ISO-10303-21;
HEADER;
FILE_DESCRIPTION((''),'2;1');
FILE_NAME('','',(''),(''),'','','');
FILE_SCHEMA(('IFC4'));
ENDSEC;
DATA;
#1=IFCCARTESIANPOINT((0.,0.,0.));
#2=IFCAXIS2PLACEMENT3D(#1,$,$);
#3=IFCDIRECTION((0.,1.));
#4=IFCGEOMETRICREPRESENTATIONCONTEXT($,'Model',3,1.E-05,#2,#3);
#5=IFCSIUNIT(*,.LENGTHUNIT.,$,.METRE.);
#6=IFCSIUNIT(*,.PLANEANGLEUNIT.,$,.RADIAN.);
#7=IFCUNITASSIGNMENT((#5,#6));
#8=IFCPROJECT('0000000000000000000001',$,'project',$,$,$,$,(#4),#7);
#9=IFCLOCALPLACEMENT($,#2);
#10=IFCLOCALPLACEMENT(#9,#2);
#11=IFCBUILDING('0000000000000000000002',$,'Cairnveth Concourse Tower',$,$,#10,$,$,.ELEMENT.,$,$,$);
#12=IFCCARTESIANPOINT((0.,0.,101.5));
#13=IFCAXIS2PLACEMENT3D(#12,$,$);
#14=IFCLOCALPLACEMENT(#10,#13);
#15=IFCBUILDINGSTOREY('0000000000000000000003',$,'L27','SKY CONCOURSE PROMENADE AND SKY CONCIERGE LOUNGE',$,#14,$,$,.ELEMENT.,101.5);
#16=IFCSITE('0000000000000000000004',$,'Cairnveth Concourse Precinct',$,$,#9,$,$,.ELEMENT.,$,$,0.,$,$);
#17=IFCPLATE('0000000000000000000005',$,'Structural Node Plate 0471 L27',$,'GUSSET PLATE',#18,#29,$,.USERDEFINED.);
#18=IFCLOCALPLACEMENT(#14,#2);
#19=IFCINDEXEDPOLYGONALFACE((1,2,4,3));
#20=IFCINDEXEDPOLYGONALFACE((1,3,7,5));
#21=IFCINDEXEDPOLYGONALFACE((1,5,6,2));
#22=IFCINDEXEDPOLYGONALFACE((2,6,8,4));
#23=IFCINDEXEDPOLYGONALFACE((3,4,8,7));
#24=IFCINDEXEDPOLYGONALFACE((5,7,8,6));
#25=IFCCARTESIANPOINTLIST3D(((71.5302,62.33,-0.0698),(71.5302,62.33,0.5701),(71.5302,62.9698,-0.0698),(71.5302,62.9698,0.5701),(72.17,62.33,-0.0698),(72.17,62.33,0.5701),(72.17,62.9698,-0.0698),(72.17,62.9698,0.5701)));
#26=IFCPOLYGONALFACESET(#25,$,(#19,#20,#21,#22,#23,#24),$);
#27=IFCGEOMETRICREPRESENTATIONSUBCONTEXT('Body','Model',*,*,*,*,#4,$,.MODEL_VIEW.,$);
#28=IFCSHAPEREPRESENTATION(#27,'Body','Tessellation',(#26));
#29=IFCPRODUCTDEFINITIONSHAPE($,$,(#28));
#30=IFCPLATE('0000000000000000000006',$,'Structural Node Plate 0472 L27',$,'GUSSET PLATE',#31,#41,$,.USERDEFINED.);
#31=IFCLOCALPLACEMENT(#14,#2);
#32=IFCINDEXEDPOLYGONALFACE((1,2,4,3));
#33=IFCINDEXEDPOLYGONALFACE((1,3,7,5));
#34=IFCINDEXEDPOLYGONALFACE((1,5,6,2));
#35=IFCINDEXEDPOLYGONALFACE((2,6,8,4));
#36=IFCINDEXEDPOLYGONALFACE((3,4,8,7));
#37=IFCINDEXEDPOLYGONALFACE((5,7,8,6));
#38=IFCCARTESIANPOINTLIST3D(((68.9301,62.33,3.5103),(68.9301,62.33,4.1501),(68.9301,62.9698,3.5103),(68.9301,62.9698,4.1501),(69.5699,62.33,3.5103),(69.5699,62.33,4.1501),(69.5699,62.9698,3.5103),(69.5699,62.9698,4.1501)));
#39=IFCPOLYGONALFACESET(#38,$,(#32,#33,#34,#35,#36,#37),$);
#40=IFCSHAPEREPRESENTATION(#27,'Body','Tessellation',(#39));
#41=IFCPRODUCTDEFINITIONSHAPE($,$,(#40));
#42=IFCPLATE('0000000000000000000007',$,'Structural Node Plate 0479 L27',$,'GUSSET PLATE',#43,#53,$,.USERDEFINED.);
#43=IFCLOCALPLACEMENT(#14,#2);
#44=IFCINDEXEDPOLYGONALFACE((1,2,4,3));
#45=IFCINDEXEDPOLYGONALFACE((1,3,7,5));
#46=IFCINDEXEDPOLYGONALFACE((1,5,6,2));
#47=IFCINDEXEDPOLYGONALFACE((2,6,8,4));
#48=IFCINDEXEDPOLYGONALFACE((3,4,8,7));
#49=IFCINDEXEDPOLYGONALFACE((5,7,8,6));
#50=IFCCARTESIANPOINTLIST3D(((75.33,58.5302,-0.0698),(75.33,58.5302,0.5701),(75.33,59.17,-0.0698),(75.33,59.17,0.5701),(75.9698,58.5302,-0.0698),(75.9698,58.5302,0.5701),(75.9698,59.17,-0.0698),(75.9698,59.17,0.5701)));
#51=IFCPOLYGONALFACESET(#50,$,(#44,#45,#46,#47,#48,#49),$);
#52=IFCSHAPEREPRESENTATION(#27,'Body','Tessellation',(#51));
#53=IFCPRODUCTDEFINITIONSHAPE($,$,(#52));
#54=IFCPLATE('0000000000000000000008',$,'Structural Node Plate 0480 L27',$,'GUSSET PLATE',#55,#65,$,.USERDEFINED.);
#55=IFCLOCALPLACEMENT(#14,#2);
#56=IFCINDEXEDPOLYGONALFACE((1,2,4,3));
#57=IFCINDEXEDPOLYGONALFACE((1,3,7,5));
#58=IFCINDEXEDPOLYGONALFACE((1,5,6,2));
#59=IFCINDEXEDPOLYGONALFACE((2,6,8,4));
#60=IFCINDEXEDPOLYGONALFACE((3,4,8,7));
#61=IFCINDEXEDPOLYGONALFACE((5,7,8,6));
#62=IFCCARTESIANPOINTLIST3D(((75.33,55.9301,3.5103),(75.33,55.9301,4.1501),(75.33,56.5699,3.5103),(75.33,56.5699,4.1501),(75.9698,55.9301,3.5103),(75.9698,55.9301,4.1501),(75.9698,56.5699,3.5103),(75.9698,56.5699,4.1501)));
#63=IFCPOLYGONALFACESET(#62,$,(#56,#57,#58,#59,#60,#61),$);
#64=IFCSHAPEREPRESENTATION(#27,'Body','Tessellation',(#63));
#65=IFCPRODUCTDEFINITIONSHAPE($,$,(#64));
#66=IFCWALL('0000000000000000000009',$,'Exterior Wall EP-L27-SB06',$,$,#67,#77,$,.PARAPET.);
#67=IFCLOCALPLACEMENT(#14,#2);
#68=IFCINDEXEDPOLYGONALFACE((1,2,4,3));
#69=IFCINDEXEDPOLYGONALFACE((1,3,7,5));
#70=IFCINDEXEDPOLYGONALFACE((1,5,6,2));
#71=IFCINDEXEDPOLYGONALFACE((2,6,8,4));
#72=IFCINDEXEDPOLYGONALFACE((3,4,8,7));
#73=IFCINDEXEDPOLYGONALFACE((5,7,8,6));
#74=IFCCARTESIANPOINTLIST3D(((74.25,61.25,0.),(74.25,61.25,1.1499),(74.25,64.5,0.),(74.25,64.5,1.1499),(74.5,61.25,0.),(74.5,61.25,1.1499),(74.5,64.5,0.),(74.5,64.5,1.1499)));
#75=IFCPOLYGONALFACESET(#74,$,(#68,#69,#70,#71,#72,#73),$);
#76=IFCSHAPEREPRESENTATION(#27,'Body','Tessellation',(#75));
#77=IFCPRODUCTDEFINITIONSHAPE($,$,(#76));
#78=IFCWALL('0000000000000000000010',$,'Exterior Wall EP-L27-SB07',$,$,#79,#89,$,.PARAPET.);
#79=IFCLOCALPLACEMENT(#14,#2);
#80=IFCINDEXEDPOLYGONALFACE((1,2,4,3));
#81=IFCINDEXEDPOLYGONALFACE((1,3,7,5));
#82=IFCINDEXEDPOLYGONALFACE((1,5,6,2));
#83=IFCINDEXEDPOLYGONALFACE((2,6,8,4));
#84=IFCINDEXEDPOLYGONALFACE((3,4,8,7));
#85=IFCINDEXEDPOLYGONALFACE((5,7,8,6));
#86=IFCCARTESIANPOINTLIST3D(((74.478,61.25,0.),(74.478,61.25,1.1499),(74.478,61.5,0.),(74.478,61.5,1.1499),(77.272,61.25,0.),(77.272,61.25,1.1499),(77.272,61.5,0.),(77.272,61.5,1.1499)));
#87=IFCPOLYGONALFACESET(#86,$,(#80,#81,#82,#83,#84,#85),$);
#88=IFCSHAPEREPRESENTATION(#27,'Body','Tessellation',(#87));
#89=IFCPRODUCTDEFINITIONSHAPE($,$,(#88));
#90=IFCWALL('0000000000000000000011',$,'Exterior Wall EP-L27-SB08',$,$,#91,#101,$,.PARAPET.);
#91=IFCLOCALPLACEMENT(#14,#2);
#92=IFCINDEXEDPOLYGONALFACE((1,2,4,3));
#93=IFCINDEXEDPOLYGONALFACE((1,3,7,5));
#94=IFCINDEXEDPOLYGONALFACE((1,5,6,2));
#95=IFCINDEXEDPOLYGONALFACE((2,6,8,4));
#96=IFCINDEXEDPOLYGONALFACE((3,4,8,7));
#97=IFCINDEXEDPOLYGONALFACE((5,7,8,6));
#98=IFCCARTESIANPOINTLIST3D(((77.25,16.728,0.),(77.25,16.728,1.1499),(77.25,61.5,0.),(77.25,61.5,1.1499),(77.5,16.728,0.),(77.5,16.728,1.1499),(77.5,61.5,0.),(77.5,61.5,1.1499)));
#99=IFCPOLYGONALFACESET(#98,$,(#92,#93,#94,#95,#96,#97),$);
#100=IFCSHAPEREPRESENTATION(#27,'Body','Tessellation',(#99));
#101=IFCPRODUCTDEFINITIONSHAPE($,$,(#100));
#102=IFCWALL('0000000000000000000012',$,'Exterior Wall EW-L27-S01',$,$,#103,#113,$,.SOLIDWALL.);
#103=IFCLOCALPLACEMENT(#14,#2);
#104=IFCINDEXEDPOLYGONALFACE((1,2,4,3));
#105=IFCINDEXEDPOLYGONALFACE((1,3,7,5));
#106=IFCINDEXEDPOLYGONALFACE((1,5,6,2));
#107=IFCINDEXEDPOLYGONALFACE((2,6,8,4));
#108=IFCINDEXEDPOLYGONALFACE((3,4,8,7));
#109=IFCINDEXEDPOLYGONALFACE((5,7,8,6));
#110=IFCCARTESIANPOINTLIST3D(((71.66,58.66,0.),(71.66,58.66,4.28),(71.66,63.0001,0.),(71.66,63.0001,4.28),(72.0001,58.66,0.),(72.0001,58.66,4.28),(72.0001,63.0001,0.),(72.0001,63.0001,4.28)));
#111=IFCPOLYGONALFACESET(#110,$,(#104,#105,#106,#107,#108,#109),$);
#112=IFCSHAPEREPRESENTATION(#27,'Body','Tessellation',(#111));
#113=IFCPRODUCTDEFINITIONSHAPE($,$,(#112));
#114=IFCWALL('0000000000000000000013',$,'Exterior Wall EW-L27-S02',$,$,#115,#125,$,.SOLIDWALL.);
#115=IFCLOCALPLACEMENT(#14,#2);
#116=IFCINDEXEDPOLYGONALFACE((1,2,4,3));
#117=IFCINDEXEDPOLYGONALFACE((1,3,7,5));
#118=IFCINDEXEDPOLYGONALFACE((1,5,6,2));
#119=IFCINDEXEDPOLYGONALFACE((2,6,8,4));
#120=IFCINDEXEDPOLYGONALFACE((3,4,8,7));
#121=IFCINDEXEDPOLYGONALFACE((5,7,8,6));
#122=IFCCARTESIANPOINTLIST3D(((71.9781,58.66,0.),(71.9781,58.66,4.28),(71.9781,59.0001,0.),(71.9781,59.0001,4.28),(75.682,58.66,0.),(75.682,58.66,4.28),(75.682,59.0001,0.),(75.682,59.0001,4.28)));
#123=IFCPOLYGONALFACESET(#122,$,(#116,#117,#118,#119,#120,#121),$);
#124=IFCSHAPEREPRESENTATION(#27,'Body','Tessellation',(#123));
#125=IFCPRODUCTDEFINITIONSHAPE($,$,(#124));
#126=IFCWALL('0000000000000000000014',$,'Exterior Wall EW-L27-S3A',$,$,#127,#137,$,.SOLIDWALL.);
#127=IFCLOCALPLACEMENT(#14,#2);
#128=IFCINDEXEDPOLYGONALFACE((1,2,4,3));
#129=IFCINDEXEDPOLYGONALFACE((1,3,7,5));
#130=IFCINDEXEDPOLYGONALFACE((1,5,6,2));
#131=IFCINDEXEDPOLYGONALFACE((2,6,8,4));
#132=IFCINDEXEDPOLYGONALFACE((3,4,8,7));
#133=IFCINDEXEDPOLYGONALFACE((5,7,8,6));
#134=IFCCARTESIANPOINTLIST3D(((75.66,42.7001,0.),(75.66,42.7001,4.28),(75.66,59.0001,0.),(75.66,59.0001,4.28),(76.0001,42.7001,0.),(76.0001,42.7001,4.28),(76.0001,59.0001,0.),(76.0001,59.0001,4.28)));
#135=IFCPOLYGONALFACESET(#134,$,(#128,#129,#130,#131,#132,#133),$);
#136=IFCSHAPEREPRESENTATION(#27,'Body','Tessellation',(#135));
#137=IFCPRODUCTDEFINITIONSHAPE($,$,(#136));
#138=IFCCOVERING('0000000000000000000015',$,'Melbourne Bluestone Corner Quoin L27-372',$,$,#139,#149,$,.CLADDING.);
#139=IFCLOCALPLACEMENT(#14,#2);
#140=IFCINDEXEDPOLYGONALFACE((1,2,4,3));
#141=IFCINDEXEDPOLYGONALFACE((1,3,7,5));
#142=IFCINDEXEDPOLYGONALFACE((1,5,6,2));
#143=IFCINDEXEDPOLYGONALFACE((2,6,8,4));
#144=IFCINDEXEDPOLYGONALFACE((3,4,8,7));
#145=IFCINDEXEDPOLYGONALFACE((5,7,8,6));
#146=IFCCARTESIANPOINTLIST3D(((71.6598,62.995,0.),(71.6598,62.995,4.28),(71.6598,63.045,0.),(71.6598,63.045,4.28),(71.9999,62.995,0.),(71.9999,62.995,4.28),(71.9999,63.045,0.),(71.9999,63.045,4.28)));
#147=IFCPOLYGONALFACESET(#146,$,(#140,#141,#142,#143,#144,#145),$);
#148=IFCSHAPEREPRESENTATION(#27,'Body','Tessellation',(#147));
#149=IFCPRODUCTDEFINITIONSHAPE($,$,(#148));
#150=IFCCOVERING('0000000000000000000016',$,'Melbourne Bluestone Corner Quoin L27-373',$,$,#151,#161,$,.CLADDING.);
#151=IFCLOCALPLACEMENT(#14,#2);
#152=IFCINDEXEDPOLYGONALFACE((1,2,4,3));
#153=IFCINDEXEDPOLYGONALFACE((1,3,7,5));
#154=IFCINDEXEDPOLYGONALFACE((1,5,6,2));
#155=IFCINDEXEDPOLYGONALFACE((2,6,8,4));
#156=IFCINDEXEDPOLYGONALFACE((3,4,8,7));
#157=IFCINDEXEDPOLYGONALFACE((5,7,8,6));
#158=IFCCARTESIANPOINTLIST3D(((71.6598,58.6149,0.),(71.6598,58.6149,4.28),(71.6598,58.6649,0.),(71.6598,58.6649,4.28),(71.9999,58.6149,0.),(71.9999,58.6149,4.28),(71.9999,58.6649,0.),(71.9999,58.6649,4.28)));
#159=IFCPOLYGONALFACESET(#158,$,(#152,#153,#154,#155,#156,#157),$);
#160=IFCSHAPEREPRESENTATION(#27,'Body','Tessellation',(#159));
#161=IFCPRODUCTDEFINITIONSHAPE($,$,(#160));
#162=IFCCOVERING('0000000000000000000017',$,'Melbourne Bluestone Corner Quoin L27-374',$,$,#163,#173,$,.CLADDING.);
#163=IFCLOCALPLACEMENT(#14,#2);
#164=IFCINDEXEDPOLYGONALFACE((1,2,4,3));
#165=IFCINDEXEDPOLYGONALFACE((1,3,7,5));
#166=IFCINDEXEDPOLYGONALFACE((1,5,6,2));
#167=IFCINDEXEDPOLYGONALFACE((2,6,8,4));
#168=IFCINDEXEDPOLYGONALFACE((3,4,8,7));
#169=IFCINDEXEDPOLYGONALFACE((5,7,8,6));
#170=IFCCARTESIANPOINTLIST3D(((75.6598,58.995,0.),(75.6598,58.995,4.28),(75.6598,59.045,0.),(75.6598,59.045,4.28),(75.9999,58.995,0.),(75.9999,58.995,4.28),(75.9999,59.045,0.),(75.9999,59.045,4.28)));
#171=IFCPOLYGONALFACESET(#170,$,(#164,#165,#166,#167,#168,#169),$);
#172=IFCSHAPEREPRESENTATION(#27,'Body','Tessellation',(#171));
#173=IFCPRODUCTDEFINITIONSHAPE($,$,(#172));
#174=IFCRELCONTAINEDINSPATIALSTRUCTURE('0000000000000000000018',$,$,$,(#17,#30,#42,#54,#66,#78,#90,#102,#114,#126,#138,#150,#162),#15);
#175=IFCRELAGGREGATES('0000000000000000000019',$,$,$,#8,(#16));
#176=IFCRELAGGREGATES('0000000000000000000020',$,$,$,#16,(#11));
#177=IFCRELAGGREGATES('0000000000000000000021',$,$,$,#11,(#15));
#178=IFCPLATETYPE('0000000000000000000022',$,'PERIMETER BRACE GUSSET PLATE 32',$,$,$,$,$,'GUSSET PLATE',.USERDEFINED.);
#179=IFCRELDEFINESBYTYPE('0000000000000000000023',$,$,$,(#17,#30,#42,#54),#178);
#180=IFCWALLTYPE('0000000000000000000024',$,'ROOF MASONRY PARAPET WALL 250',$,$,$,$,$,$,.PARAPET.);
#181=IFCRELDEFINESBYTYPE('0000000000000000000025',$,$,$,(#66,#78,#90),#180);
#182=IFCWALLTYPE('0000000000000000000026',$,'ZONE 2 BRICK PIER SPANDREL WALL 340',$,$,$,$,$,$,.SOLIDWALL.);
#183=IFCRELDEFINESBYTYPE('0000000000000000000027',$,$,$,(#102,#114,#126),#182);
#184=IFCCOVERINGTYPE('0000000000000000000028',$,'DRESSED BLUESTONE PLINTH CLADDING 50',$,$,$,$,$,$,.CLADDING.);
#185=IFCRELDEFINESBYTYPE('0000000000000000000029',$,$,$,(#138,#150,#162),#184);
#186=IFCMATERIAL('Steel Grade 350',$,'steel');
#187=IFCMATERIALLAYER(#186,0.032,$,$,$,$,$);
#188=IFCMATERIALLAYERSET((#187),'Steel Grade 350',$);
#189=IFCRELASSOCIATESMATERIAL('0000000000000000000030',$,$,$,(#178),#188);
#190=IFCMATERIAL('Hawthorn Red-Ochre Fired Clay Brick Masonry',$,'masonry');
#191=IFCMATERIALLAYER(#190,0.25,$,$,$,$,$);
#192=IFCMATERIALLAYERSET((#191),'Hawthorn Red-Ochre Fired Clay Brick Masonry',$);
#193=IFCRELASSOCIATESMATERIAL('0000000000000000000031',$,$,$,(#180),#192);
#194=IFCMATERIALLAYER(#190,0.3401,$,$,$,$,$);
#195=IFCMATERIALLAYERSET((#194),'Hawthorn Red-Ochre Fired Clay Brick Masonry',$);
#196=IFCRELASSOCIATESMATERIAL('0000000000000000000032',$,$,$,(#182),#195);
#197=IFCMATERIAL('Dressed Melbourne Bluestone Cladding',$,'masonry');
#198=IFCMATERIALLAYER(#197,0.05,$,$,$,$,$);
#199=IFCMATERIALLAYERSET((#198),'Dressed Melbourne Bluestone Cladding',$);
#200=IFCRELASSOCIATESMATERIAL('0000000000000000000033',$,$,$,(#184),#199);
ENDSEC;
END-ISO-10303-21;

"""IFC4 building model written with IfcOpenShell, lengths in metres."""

from ifc_helpers import new_model, si_unit, direction, frame, frame_2d, origin, origin_2d, place, context, subcontext, project, spatial, rectangle, extrude, material, layer, layer_set, type_object, element, save


model = new_model("IFC4")

# Units and contexts
model_context = context("Model", 3, precision=1e-05, world=origin(), true_north=direction((0.0, 1.0)))
body_context = subcontext(model_context, "Body", "Model", "MODEL_VIEW")
ifc_project = project(units=[si_unit("LENGTHUNIT", "METRE"), si_unit("PLANEANGLEUNIT", "RADIAN")], contexts=[model_context])

# Site, building, storey
site_placement = place(None, origin())
site = spatial("IfcSite", under=ifc_project, at=site_placement, Name="Cairnveth Concourse Precinct", CompositionType="ELEMENT", RefElevation=0.0)
building_placement = place(site_placement, origin())
building = spatial("IfcBuilding", under=site, at=building_placement, Name="Cairnveth Concourse Tower", CompositionType="ELEMENT")
storey_placement = place(building_placement, frame((0.0, 0.0, 101.5)))
storey = spatial("IfcBuildingStorey", under=building, at=storey_placement, Name="L27", Description="SKY CONCOURSE PROMENADE AND SKY CONCIERGE LOUNGE", CompositionType="ELEMENT", Elevation=101.5)

# Shared definitions
ifc_material_1 = material(Name="Steel Grade 350", Category="steel")

# Plates
ifc_layer_1 = layer(ifc_material_1, 0.032)
ifc_layer_set_1 = layer_set([ifc_layer_1], Name="Steel Grade 350")
plate_type = type_object("IfcPlateType", Name="PERIMETER BRACE GUSSET PLATE 32", ElementType="GUSSET PLATE", PredefinedType="USERDEFINED", material=ifc_layer_set_1)
for number, where, z_axis, x_axis, name in (
    (1, (71.8501, 62.6499, -0.0698), (0.0, 0.0, 1.0), (1.0, 0.0, 0.0), "Structural Node Plate 0471 L27"),
    (2, (69.25, 62.6499, 3.5103), (0.0, 0.0, 1.0), (1.0, 0.0, 0.0), "Structural Node Plate 0472 L27"),
    (3, (75.6499, 58.8501, -0.0698), (0.0, 0.0, 1.0), (1.0, 0.0, 0.0), "Structural Node Plate 0479 L27"),
    (4, (75.6499, 56.25, 3.5103), (0.0, 0.0, 1.0), (1.0, 0.0, 0.0), "Structural Node Plate 0480 L27"),
):
    element("IfcPlate", number, at=place(storey_placement, frame(where, z_axis=z_axis, x_axis=x_axis)), inside=storey, type_object=plate_type, Name=name, ObjectType="GUSSET PLATE", PredefinedType="USERDEFINED", context=body_context, shape_type="SweptSolid", body=[
        extrude(rectangle(XDim=0.6399, YDim=0.6399, at=origin_2d()), origin(), (0.0, 0.0, 1.0), 0.6399),
    ])

# Walls
ifc_material_2 = material(Name="Hawthorn Red-Ochre Fired Clay Brick Masonry", Category="masonry")
ifc_layer_2 = layer(ifc_material_2, 0.25)
ifc_layer_set_2 = layer_set([ifc_layer_2], Name="Hawthorn Red-Ochre Fired Clay Brick Masonry")
wall_type_1 = type_object("IfcWallType", Name="ROOF MASONRY PARAPET WALL 250", PredefinedType="PARAPET", material=ifc_layer_set_2)
wall_1_placement = place(storey_placement, frame((74.375, 64.5, 0.0), z_axis=(0.0, 0.0, 1.0), x_axis=(0.0, -1.0, 0.0)))
element("IfcWall", 5, at=wall_1_placement, inside=storey, type_object=wall_type_1, Name="Exterior Wall EP-L27-SB06", PredefinedType="PARAPET", context=body_context, shape_type="SweptSolid", body=[
    extrude(rectangle(XDim=3.25, YDim=0.25, at=frame_2d((1.625, 0.0))), origin(), (0.0, 0.0, 1.0), 1.1499),
])
wall_2_placement = place(storey_placement, frame((74.478, 61.375, 0.0), z_axis=(0.0, 0.0, 1.0), x_axis=(1.0, 0.0, 0.0)))
element("IfcWall", 6, at=wall_2_placement, inside=storey, type_object=wall_type_1, Name="Exterior Wall EP-L27-SB07", PredefinedType="PARAPET", context=body_context, shape_type="SweptSolid", body=[
    extrude(rectangle(XDim=2.7939, YDim=0.25, at=frame_2d((1.397, 0.0))), origin(), (0.0, 0.0, 1.0), 1.1499),
])
wall_3_placement = place(storey_placement, frame((77.375, 61.5, 0.0), z_axis=(0.0, 0.0, 1.0), x_axis=(0.0, -1.0, 0.0)))
element("IfcWall", 7, at=wall_3_placement, inside=storey, type_object=wall_type_1, Name="Exterior Wall EP-L27-SB08", PredefinedType="PARAPET", context=body_context, shape_type="SweptSolid", body=[
    extrude(rectangle(XDim=44.772, YDim=0.25, at=frame_2d((22.386, 0.0))), origin(), (0.0, 0.0, 1.0), 1.1499),
])
ifc_layer_3 = layer(ifc_material_2, 0.3401)
ifc_layer_set_3 = layer_set([ifc_layer_3], Name="Hawthorn Red-Ochre Fired Clay Brick Masonry")
wall_type_2 = type_object("IfcWallType", Name="ZONE 2 BRICK PIER SPANDREL WALL 340", PredefinedType="SOLIDWALL", material=ifc_layer_set_3)
wall_4_placement = place(storey_placement, frame((71.8301, 63.0, 0.0), z_axis=(0.0, 0.0, 1.0), x_axis=(0.0, -1.0, 0.0)))
element("IfcWall", 8, at=wall_4_placement, inside=storey, type_object=wall_type_2, Name="Exterior Wall EW-L27-S01", PredefinedType="SOLIDWALL", context=body_context, shape_type="SweptSolid", body=[
    extrude(rectangle(XDim=4.3401, YDim=0.3401, at=frame_2d((2.1699, 0.0))), origin(), (0.0, 0.0, 1.0), 4.28),
])
wall_5_placement = place(storey_placement, frame((71.978, 58.8301, 0.0), z_axis=(0.0, 0.0, 1.0), x_axis=(1.0, 0.0, 0.0)))
element("IfcWall", 9, at=wall_5_placement, inside=storey, type_object=wall_type_2, Name="Exterior Wall EW-L27-S02", PredefinedType="SOLIDWALL", context=body_context, shape_type="SweptSolid", body=[
    extrude(rectangle(XDim=3.7039, YDim=0.3401, at=frame_2d((1.8521, 0.0))), origin(), (0.0, 0.0, 1.0), 4.28),
])
wall_6_placement = place(storey_placement, frame((75.8301, 59.0, 0.0), z_axis=(0.0, 0.0, 1.0), x_axis=(0.0, -1.0, 0.0)))
element("IfcWall", 10, at=wall_6_placement, inside=storey, type_object=wall_type_2, Name="Exterior Wall EW-L27-S3A", PredefinedType="SOLIDWALL", context=body_context, shape_type="SweptSolid", body=[
    extrude(rectangle(XDim=16.3, YDim=0.3401, at=frame_2d((8.1499, 0.0))), origin(), (0.0, 0.0, 1.0), 4.28),
])

# Coverings
ifc_material_3 = material(Name="Dressed Melbourne Bluestone Cladding", Category="masonry")
ifc_layer_4 = layer(ifc_material_3, 0.05)
ifc_layer_set_4 = layer_set([ifc_layer_4], Name="Dressed Melbourne Bluestone Cladding")
covering_type = type_object("IfcCoveringType", Name="DRESSED BLUESTONE PLINTH CLADDING 50", PredefinedType="CLADDING", material=ifc_layer_set_4)
for number, where, z_axis, x_axis, name in (
    (11, (71.6599, 63.02, 0.0), (0.0, 0.0, 1.0), (1.0, 0.0, 0.0), "Melbourne Bluestone Corner Quoin L27-372"),
    (12, (71.6599, 58.6399, 0.0), (0.0, 0.0, 1.0), (1.0, 0.0, 0.0), "Melbourne Bluestone Corner Quoin L27-373"),
    (13, (75.6599, 59.02, 0.0), (0.0, 0.0, 1.0), (1.0, 0.0, 0.0), "Melbourne Bluestone Corner Quoin L27-374"),
):
    element("IfcCovering", number, at=place(storey_placement, frame(where, z_axis=z_axis, x_axis=x_axis)), inside=storey, type_object=covering_type, Name=name, PredefinedType="CLADDING", context=body_context, shape_type="SweptSolid", body=[
        extrude(rectangle(XDim=0.3401, YDim=0.05, at=frame_2d((0.1699, 0.0))), origin(), (0.0, 0.0, 1.0), 4.28),
    ])

save(model, "model.ifc")
